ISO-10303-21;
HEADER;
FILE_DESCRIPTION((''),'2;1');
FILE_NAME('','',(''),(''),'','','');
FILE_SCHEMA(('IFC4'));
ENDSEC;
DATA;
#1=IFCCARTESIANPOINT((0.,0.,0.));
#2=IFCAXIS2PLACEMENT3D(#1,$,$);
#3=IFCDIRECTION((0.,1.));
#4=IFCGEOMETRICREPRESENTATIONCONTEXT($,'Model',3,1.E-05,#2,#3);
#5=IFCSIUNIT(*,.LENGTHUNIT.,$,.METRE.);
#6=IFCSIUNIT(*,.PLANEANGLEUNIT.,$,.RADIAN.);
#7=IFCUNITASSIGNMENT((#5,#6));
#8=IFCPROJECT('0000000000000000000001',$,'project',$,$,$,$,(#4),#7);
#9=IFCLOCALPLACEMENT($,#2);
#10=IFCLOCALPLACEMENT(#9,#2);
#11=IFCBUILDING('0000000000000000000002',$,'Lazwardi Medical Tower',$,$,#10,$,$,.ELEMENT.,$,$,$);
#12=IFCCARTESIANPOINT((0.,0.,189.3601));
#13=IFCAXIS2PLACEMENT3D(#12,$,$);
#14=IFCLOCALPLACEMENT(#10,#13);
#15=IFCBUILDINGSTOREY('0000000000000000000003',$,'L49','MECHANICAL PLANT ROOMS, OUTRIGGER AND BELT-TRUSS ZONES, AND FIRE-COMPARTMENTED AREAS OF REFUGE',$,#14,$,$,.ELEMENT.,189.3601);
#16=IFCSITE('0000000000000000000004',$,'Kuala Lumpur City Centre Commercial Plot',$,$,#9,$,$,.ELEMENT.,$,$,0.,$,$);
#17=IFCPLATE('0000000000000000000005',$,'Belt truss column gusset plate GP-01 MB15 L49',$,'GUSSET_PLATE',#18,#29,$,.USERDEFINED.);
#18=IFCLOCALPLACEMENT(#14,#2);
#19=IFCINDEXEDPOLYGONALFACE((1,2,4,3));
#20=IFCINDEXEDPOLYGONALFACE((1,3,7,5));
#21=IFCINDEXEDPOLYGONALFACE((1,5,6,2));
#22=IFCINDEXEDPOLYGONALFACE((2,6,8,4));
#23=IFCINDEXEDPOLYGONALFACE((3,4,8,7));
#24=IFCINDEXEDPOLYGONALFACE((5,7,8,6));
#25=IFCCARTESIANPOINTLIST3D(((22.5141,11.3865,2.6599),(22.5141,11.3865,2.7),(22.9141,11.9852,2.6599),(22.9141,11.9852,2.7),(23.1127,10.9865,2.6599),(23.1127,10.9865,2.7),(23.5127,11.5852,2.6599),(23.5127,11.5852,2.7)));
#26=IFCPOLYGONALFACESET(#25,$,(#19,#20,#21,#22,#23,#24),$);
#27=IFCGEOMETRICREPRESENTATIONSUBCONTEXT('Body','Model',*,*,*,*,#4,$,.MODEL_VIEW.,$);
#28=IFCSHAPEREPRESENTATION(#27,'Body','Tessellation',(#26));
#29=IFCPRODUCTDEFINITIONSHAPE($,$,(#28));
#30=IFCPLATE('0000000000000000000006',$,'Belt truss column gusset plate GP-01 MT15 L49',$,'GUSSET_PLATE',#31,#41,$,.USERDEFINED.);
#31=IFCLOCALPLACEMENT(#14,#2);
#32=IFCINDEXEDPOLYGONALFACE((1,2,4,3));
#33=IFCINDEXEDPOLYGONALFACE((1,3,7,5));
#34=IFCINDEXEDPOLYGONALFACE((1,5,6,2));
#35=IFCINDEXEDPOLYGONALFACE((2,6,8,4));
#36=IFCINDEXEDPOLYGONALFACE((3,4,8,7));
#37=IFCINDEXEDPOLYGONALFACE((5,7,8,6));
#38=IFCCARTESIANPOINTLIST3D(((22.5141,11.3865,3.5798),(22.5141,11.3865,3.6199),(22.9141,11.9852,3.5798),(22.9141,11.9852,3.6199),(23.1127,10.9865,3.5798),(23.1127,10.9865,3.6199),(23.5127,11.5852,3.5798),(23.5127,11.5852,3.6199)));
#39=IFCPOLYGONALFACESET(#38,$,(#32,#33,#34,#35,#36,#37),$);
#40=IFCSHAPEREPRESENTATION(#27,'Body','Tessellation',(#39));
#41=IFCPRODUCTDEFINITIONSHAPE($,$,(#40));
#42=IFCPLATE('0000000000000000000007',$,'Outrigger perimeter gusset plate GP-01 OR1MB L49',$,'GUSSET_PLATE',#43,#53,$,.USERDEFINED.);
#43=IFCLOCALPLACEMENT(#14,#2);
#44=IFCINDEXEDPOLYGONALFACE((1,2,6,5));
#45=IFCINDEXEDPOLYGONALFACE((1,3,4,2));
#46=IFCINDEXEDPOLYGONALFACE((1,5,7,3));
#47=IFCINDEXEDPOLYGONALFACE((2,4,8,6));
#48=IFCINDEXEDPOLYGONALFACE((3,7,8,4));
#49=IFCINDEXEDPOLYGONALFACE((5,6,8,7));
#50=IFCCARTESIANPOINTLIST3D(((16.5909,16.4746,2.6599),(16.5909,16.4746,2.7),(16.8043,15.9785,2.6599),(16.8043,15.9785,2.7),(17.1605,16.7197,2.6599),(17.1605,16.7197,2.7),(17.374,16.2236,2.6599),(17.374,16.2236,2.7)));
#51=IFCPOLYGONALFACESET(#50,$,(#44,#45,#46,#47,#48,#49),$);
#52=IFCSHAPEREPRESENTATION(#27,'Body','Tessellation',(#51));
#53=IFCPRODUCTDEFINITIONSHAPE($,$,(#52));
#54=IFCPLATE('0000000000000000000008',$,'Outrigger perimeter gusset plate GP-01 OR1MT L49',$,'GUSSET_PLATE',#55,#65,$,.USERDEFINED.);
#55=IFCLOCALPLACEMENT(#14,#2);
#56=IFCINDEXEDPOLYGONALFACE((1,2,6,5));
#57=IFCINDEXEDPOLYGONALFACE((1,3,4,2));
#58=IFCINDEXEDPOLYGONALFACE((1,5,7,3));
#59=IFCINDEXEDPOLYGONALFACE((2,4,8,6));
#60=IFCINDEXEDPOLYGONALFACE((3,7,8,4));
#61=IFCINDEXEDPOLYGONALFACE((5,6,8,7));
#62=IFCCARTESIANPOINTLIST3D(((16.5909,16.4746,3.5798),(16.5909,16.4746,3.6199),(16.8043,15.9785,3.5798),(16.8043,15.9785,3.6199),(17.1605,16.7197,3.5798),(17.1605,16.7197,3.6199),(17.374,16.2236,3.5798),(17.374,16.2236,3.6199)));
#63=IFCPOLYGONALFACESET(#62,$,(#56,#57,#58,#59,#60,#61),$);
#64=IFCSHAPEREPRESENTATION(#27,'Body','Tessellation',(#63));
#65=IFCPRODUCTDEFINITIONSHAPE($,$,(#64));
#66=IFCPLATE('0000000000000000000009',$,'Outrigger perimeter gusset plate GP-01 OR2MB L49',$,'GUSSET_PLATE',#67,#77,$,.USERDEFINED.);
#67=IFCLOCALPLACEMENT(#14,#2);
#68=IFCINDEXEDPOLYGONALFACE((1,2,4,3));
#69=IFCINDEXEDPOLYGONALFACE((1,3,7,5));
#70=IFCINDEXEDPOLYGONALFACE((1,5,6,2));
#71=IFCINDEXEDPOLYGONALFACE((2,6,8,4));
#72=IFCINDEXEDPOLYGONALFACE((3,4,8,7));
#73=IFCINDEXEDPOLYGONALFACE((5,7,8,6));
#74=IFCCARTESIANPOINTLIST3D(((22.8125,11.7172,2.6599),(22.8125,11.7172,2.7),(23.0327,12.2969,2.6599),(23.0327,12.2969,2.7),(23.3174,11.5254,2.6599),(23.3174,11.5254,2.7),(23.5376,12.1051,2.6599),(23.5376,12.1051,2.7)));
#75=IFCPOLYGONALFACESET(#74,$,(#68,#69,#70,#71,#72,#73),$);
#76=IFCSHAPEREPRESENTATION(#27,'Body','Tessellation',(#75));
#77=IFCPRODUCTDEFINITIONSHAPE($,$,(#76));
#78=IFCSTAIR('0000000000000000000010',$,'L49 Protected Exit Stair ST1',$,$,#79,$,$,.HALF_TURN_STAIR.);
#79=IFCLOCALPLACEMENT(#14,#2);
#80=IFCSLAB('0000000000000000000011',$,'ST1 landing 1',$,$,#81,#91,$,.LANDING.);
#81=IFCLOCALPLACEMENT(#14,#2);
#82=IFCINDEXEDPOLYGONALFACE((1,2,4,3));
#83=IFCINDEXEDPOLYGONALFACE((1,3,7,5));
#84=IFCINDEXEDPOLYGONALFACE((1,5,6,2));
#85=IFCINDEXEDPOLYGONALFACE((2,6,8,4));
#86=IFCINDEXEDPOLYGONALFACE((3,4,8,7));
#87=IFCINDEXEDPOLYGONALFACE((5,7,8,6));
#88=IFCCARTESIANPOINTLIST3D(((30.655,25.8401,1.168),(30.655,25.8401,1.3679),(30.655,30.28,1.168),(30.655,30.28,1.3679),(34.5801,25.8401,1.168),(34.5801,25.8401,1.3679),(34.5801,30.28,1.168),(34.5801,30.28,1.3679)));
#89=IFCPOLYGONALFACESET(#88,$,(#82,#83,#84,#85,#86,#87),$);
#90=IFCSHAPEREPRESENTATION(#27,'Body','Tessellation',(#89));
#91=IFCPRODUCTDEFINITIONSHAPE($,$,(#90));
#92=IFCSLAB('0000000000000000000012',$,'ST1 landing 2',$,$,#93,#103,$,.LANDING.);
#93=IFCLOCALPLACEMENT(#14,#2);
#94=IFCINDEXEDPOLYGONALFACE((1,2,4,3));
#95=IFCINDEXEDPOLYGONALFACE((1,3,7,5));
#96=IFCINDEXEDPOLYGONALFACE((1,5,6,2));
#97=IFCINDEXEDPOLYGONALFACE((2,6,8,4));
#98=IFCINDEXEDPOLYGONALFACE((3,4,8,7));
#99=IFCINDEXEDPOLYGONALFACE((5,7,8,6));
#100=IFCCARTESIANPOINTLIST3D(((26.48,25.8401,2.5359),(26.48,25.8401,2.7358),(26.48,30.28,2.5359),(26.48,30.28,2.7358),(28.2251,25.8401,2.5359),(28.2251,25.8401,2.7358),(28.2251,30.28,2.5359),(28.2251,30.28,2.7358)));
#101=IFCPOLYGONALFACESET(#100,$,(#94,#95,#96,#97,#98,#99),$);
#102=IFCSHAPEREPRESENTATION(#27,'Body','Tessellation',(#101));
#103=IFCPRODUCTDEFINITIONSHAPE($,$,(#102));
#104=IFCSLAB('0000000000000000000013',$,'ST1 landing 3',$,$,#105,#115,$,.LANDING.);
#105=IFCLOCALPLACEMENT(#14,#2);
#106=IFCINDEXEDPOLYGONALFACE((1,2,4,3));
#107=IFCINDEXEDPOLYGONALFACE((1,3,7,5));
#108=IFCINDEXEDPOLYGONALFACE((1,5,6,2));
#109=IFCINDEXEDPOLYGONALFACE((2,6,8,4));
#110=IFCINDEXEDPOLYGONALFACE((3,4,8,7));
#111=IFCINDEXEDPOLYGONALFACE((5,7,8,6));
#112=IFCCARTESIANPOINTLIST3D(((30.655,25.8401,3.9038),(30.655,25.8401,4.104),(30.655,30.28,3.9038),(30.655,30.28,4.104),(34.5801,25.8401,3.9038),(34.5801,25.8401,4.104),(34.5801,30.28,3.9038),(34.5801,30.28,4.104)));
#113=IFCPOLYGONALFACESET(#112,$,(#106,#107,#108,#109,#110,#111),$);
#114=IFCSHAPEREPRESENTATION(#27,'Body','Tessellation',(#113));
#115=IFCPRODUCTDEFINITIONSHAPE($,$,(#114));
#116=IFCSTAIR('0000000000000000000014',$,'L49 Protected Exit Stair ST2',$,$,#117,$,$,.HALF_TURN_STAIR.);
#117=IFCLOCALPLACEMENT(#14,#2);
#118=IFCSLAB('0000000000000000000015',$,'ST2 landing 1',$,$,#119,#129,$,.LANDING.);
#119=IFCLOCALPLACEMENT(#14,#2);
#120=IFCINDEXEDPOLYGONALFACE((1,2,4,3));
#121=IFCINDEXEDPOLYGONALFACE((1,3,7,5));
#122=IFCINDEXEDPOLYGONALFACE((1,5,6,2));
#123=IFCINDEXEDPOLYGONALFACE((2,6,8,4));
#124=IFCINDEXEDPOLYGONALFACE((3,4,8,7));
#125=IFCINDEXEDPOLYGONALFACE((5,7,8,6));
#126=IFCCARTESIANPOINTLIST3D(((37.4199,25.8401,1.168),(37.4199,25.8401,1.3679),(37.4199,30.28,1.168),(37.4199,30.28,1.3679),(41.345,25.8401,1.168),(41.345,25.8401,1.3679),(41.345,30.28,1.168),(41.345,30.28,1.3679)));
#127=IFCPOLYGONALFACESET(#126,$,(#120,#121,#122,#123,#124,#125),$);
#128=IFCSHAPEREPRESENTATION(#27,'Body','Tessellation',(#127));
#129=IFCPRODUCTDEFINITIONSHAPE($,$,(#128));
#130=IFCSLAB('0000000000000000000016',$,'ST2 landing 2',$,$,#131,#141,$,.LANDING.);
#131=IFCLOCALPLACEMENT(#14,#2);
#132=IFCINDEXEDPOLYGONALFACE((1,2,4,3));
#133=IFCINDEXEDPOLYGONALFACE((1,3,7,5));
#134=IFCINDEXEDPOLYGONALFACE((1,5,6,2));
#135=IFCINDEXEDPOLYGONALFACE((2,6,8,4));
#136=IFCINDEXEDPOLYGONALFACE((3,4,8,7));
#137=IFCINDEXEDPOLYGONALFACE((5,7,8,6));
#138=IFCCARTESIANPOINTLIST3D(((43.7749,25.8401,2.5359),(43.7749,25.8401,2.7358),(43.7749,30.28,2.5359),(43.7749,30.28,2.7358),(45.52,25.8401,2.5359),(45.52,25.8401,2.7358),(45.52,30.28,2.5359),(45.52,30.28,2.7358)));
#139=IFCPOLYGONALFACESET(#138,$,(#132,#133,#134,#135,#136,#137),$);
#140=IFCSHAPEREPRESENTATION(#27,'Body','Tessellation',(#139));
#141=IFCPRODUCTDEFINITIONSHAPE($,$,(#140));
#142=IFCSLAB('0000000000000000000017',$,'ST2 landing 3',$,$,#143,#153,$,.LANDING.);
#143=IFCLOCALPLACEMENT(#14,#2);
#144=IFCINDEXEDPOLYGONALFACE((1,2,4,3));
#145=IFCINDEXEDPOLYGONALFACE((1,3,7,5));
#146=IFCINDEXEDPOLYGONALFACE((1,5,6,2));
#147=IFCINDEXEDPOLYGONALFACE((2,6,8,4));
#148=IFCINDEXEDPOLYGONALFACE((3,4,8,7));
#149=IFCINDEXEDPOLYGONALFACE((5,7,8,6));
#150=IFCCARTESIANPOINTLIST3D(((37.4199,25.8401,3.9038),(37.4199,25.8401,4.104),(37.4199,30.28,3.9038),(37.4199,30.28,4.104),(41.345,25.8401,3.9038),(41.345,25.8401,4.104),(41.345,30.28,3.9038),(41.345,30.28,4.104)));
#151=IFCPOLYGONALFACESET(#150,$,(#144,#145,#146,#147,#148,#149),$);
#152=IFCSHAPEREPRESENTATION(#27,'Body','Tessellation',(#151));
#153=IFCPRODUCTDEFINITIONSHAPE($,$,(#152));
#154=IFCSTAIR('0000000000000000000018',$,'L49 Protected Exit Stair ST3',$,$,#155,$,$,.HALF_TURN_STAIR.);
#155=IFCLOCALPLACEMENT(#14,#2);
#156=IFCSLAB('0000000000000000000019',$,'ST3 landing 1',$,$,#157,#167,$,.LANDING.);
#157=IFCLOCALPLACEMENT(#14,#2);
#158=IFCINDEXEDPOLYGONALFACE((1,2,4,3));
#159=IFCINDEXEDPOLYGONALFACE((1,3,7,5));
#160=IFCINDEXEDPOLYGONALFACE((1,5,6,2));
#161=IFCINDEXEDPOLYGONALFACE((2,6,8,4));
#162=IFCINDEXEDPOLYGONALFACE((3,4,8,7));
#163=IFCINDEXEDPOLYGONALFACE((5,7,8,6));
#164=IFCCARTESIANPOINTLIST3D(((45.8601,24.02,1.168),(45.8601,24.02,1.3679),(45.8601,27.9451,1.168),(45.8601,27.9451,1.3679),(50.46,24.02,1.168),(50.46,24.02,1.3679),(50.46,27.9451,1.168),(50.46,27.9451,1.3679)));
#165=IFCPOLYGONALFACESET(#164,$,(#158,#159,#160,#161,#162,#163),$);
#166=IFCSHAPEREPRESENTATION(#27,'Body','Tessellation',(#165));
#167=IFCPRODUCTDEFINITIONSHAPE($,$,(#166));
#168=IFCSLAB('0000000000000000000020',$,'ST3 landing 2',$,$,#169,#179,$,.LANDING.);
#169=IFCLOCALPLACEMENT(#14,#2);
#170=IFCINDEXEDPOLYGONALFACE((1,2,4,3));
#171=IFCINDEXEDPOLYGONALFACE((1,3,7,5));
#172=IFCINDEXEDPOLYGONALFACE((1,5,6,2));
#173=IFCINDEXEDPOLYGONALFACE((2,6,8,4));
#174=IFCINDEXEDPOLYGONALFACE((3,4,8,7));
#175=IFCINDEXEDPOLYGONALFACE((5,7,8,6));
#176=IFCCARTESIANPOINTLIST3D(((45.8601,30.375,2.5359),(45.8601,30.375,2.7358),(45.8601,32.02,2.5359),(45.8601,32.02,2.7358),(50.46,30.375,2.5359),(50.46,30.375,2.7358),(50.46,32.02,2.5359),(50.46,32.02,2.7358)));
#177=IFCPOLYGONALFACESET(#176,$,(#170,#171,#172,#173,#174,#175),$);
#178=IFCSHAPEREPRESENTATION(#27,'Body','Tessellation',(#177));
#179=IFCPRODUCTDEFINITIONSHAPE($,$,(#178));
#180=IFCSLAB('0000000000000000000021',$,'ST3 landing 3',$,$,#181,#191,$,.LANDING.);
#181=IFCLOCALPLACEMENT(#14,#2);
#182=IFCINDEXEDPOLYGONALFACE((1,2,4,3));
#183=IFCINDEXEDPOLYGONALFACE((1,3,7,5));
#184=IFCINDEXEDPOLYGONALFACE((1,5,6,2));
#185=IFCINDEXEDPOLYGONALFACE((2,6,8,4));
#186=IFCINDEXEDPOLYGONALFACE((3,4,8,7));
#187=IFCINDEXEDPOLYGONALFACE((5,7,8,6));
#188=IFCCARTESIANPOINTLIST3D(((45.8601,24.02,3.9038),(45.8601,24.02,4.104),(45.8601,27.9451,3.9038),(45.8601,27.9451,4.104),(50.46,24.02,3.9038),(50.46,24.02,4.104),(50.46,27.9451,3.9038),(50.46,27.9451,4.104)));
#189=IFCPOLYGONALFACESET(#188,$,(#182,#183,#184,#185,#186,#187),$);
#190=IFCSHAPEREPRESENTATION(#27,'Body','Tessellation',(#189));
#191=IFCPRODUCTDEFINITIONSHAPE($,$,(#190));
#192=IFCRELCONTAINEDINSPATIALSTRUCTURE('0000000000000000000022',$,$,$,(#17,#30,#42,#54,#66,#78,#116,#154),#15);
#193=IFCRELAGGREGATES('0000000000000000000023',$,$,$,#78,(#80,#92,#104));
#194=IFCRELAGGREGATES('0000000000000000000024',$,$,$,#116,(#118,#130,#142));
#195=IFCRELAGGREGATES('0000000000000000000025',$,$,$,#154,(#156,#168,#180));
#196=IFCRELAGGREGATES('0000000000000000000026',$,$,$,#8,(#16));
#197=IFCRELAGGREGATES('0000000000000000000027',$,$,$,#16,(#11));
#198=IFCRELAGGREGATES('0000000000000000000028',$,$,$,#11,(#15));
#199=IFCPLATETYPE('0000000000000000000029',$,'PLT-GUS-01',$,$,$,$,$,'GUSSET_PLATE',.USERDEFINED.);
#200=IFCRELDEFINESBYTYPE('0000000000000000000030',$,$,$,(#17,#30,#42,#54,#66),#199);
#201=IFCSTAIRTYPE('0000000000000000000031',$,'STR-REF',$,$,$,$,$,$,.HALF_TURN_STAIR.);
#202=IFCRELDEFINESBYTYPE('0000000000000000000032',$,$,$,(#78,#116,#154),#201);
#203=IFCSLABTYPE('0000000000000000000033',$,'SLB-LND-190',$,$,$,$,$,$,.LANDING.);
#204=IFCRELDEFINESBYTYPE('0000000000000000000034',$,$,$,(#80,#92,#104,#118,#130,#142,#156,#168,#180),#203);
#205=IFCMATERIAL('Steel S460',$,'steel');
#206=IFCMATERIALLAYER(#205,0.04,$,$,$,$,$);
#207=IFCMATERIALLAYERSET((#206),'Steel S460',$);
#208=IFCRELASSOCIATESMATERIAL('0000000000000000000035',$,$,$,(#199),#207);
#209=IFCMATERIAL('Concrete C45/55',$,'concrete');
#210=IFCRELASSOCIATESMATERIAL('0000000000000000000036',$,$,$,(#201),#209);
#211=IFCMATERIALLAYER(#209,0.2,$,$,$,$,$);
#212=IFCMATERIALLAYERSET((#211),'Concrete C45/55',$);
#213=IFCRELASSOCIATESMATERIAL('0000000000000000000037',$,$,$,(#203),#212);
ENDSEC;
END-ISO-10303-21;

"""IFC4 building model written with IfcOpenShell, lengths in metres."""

from ifc_helpers import new_model, si_unit, direction, frame, origin, origin_2d, place, context, subcontext, project, spatial, polyline, rectangle, outline, extrude, material, layer, layer_set, type_object, element, aggregate, save


model = new_model("IFC4")

# Units and contexts
model_context = context("Model", 3, precision=1e-05, world=origin(), true_north=direction((0.0, 1.0)))
body_context = subcontext(model_context, "Body", "Model", "MODEL_VIEW")
ifc_project = project(units=[si_unit("LENGTHUNIT", "METRE"), si_unit("PLANEANGLEUNIT", "RADIAN")], contexts=[model_context])

# Site, building, storey
site_placement = place(None, origin())
site = spatial("IfcSite", under=ifc_project, at=site_placement, Name="Kuala Lumpur City Centre Commercial Plot", CompositionType="ELEMENT", RefElevation=0.0)
building_placement = place(site_placement, origin())
building = spatial("IfcBuilding", under=site, at=building_placement, Name="Lazwardi Medical Tower", CompositionType="ELEMENT")
storey_placement = place(building_placement, frame((0.0, 0.0, 189.3601)))
storey = spatial("IfcBuildingStorey", under=building, at=storey_placement, Name="L49", Description="MECHANICAL PLANT ROOMS, OUTRIGGER AND BELT-TRUSS ZONES, AND FIRE-COMPARTMENTED AREAS OF REFUGE", CompositionType="ELEMENT", Elevation=189.3601)

# Shared definitions
ifc_material_1 = material(Name="Steel S460", Category="steel")

# Plates
ifc_layer_1 = layer(ifc_material_1, 0.04)
ifc_layer_set_1 = layer_set([ifc_layer_1], Name="Steel S460")
plate_type = type_object("IfcPlateType", Name="PLT-GUS-01", ElementType="GUSSET_PLATE", PredefinedType="USERDEFINED", material=ifc_layer_set_1)
for number, where, z_axis, x_axis, name in (
    (1, (23.0134, 11.4858, 2.6599), (0.0, 0.0, 1.0), (-0.55557, -0.83147, 0.0), "Belt truss column gusset plate GP-01 MB15 L49"),
    (2, (23.0134, 11.4858, 3.5798), (0.0, 0.0, 1.0), (-0.55557, -0.83147, 0.0), "Belt truss column gusset plate GP-01 MT15 L49"),
):
    element("IfcPlate", number, at=place(storey_placement, frame(where, z_axis=z_axis, x_axis=x_axis)), inside=storey, type_object=plate_type, Name=name, ObjectType="GUSSET_PLATE", PredefinedType="USERDEFINED", context=body_context, shape_type="SweptSolid", body=[
        extrude(rectangle(XDim=0.72, YDim=0.72, at=origin_2d()), origin(), (0.0, 0.0, 1.0), 0.04),
    ])
for number, where, z_axis, x_axis, name in (
    (3, (16.9824, 16.3491, 2.6599), (0.0, 0.0, 1.0), (-0.918584, -0.395225, 0.0), "Outrigger perimeter gusset plate GP-01 OR1MB L49"),
    (4, (16.9824, 16.3491, 3.5798), (0.0, 0.0, 1.0), (-0.918584, -0.395225, 0.0), "Outrigger perimeter gusset plate GP-01 OR1MT L49"),
    (5, (23.175, 11.9111, 2.6599), (0.0, 0.0, 1.0), (-0.355107, -0.934826, 0.0), "Outrigger perimeter gusset plate GP-01 OR2MB L49"),
):
    element("IfcPlate", number, at=place(storey_placement, frame(where, z_axis=z_axis, x_axis=x_axis)), inside=storey, type_object=plate_type, Name=name, ObjectType="GUSSET_PLATE", PredefinedType="USERDEFINED", context=body_context, shape_type="SweptSolid", body=[
        extrude(rectangle(XDim=0.6201, YDim=0.54, at=origin_2d()), origin(), (0.0, 0.0, 1.0), 0.04),
    ])

# Stairs, slabs
ifc_material_2 = material(Name="Concrete C45/55", Category="concrete")
stair_type = type_object("IfcStairType", Name="STR-REF", PredefinedType="HALF_TURN_STAIR", material=ifc_material_2)
stair_1_placement = place(storey_placement, origin())
stair_1 = element("IfcStair", 6, at=stair_1_placement, inside=storey, type_object=stair_type, Name="L49 Protected Exit Stair ST1", PredefinedType="HALF_TURN_STAIR")
ifc_layer_2 = layer(ifc_material_2, 0.2)
ifc_layer_set_2 = layer_set([ifc_layer_2], Name="Concrete C45/55")
slab_type_1 = type_object("IfcSlabType", Name="SLB-LND-190", PredefinedType="LANDING", material=ifc_layer_set_2)
slab_1_placement = place(storey_placement, frame((0.0, 0.0, 1.168)))
slab_1 = element("IfcSlab", 7, at=slab_1_placement, type_object=slab_type_1, Name="ST1 landing 1", PredefinedType="LANDING", context=body_context, shape_type="SweptSolid", body=[
    extrude(outline(polyline([(30.655, 25.8401), (34.5801, 25.8401), (34.5801, 30.28), (30.655, 30.28), (30.655, 25.8401)])), origin(), (0.0, 0.0, 1.0), 0.2),
])
slab_2_placement = place(storey_placement, frame((0.0, 0.0, 2.5359)))
slab_2 = element("IfcSlab", 8, at=slab_2_placement, type_object=slab_type_1, Name="ST1 landing 2", PredefinedType="LANDING", context=body_context, shape_type="SweptSolid", body=[
    extrude(outline(polyline([(26.48, 25.8401), (28.2251, 25.8401), (28.2251, 30.28), (26.48, 30.28), (26.48, 25.8401)])), origin(), (0.0, 0.0, 1.0), 0.2),
])
slab_3_placement = place(storey_placement, frame((0.0, 0.0, 3.9038)))
slab_3 = element("IfcSlab", 9, at=slab_3_placement, type_object=slab_type_1, Name="ST1 landing 3", PredefinedType="LANDING", context=body_context, shape_type="SweptSolid", body=[
    extrude(outline(polyline([(30.655, 25.8401), (34.5801, 25.8401), (34.5801, 30.28), (30.655, 30.28), (30.655, 25.8401)])), origin(), (0.0, 0.0, 1.0), 0.2002),
])
aggregate(stair_1, [slab_1, slab_2, slab_3])
stair_2_placement = place(storey_placement, origin())
stair_2 = element("IfcStair", 10, at=stair_2_placement, inside=storey, type_object=stair_type, Name="L49 Protected Exit Stair ST2", PredefinedType="HALF_TURN_STAIR")
slab_4_placement = place(storey_placement, frame((0.0, 0.0, 1.168)))
slab_4 = element("IfcSlab", 11, at=slab_4_placement, type_object=slab_type_1, Name="ST2 landing 1", PredefinedType="LANDING", context=body_context, shape_type="SweptSolid", body=[
    extrude(outline(polyline([(41.345, 30.28), (37.4199, 30.28), (37.4199, 25.8401), (41.345, 25.8401), (41.345, 30.28)])), origin(), (0.0, 0.0, 1.0), 0.2),
])
slab_5_placement = place(storey_placement, frame((0.0, 0.0, 2.5359)))
slab_5 = element("IfcSlab", 12, at=slab_5_placement, type_object=slab_type_1, Name="ST2 landing 2", PredefinedType="LANDING", context=body_context, shape_type="SweptSolid", body=[
    extrude(outline(polyline([(45.52, 30.28), (43.7749, 30.28), (43.7749, 25.8401), (45.52, 25.8401), (45.52, 30.28)])), origin(), (0.0, 0.0, 1.0), 0.2),
])
slab_6_placement = place(storey_placement, frame((0.0, 0.0, 3.9038)))
slab_6 = element("IfcSlab", 13, at=slab_6_placement, type_object=slab_type_1, Name="ST2 landing 3", PredefinedType="LANDING", context=body_context, shape_type="SweptSolid", body=[
    extrude(outline(polyline([(41.345, 30.28), (37.4199, 30.28), (37.4199, 25.8401), (41.345, 25.8401), (41.345, 30.28)])), origin(), (0.0, 0.0, 1.0), 0.2002),
])
aggregate(stair_2, [slab_4, slab_5, slab_6])
stair_3_placement = place(storey_placement, origin())
stair_3 = element("IfcStair", 14, at=stair_3_placement, inside=storey, type_object=stair_type, Name="L49 Protected Exit Stair ST3", PredefinedType="HALF_TURN_STAIR")
slab_7_placement = place(storey_placement, frame((0.0, 0.0, 1.168)))
slab_7 = element("IfcSlab", 15, at=slab_7_placement, type_object=slab_type_1, Name="ST3 landing 1", PredefinedType="LANDING", context=body_context, shape_type="SweptSolid", body=[
    extrude(outline(polyline([(45.8601, 27.9451), (45.8601, 24.02), (50.46, 24.02), (50.46, 27.9451), (45.8601, 27.9451)])), origin(), (0.0, 0.0, 1.0), 0.2),
])
slab_8_placement = place(storey_placement, frame((0.0, 0.0, 2.5359)))
slab_8 = element("IfcSlab", 16, at=slab_8_placement, type_object=slab_type_1, Name="ST3 landing 2", PredefinedType="LANDING", context=body_context, shape_type="SweptSolid", body=[
    extrude(outline(polyline([(45.8601, 32.02), (45.8601, 30.375), (50.46, 30.375), (50.46, 32.02), (45.8601, 32.02)])), origin(), (0.0, 0.0, 1.0), 0.2),
])
slab_9_placement = place(storey_placement, frame((0.0, 0.0, 3.9038)))
slab_9 = element("IfcSlab", 17, at=slab_9_placement, type_object=slab_type_1, Name="ST3 landing 3", PredefinedType="LANDING", context=body_context, shape_type="SweptSolid", body=[
    extrude(outline(polyline([(45.8601, 27.9451), (45.8601, 24.02), (50.46, 24.02), (50.46, 27.9451), (45.8601, 27.9451)])), origin(), (0.0, 0.0, 1.0), 0.2002),
])
aggregate(stair_3, [slab_7, slab_8, slab_9])

save(model, "model.ifc")
